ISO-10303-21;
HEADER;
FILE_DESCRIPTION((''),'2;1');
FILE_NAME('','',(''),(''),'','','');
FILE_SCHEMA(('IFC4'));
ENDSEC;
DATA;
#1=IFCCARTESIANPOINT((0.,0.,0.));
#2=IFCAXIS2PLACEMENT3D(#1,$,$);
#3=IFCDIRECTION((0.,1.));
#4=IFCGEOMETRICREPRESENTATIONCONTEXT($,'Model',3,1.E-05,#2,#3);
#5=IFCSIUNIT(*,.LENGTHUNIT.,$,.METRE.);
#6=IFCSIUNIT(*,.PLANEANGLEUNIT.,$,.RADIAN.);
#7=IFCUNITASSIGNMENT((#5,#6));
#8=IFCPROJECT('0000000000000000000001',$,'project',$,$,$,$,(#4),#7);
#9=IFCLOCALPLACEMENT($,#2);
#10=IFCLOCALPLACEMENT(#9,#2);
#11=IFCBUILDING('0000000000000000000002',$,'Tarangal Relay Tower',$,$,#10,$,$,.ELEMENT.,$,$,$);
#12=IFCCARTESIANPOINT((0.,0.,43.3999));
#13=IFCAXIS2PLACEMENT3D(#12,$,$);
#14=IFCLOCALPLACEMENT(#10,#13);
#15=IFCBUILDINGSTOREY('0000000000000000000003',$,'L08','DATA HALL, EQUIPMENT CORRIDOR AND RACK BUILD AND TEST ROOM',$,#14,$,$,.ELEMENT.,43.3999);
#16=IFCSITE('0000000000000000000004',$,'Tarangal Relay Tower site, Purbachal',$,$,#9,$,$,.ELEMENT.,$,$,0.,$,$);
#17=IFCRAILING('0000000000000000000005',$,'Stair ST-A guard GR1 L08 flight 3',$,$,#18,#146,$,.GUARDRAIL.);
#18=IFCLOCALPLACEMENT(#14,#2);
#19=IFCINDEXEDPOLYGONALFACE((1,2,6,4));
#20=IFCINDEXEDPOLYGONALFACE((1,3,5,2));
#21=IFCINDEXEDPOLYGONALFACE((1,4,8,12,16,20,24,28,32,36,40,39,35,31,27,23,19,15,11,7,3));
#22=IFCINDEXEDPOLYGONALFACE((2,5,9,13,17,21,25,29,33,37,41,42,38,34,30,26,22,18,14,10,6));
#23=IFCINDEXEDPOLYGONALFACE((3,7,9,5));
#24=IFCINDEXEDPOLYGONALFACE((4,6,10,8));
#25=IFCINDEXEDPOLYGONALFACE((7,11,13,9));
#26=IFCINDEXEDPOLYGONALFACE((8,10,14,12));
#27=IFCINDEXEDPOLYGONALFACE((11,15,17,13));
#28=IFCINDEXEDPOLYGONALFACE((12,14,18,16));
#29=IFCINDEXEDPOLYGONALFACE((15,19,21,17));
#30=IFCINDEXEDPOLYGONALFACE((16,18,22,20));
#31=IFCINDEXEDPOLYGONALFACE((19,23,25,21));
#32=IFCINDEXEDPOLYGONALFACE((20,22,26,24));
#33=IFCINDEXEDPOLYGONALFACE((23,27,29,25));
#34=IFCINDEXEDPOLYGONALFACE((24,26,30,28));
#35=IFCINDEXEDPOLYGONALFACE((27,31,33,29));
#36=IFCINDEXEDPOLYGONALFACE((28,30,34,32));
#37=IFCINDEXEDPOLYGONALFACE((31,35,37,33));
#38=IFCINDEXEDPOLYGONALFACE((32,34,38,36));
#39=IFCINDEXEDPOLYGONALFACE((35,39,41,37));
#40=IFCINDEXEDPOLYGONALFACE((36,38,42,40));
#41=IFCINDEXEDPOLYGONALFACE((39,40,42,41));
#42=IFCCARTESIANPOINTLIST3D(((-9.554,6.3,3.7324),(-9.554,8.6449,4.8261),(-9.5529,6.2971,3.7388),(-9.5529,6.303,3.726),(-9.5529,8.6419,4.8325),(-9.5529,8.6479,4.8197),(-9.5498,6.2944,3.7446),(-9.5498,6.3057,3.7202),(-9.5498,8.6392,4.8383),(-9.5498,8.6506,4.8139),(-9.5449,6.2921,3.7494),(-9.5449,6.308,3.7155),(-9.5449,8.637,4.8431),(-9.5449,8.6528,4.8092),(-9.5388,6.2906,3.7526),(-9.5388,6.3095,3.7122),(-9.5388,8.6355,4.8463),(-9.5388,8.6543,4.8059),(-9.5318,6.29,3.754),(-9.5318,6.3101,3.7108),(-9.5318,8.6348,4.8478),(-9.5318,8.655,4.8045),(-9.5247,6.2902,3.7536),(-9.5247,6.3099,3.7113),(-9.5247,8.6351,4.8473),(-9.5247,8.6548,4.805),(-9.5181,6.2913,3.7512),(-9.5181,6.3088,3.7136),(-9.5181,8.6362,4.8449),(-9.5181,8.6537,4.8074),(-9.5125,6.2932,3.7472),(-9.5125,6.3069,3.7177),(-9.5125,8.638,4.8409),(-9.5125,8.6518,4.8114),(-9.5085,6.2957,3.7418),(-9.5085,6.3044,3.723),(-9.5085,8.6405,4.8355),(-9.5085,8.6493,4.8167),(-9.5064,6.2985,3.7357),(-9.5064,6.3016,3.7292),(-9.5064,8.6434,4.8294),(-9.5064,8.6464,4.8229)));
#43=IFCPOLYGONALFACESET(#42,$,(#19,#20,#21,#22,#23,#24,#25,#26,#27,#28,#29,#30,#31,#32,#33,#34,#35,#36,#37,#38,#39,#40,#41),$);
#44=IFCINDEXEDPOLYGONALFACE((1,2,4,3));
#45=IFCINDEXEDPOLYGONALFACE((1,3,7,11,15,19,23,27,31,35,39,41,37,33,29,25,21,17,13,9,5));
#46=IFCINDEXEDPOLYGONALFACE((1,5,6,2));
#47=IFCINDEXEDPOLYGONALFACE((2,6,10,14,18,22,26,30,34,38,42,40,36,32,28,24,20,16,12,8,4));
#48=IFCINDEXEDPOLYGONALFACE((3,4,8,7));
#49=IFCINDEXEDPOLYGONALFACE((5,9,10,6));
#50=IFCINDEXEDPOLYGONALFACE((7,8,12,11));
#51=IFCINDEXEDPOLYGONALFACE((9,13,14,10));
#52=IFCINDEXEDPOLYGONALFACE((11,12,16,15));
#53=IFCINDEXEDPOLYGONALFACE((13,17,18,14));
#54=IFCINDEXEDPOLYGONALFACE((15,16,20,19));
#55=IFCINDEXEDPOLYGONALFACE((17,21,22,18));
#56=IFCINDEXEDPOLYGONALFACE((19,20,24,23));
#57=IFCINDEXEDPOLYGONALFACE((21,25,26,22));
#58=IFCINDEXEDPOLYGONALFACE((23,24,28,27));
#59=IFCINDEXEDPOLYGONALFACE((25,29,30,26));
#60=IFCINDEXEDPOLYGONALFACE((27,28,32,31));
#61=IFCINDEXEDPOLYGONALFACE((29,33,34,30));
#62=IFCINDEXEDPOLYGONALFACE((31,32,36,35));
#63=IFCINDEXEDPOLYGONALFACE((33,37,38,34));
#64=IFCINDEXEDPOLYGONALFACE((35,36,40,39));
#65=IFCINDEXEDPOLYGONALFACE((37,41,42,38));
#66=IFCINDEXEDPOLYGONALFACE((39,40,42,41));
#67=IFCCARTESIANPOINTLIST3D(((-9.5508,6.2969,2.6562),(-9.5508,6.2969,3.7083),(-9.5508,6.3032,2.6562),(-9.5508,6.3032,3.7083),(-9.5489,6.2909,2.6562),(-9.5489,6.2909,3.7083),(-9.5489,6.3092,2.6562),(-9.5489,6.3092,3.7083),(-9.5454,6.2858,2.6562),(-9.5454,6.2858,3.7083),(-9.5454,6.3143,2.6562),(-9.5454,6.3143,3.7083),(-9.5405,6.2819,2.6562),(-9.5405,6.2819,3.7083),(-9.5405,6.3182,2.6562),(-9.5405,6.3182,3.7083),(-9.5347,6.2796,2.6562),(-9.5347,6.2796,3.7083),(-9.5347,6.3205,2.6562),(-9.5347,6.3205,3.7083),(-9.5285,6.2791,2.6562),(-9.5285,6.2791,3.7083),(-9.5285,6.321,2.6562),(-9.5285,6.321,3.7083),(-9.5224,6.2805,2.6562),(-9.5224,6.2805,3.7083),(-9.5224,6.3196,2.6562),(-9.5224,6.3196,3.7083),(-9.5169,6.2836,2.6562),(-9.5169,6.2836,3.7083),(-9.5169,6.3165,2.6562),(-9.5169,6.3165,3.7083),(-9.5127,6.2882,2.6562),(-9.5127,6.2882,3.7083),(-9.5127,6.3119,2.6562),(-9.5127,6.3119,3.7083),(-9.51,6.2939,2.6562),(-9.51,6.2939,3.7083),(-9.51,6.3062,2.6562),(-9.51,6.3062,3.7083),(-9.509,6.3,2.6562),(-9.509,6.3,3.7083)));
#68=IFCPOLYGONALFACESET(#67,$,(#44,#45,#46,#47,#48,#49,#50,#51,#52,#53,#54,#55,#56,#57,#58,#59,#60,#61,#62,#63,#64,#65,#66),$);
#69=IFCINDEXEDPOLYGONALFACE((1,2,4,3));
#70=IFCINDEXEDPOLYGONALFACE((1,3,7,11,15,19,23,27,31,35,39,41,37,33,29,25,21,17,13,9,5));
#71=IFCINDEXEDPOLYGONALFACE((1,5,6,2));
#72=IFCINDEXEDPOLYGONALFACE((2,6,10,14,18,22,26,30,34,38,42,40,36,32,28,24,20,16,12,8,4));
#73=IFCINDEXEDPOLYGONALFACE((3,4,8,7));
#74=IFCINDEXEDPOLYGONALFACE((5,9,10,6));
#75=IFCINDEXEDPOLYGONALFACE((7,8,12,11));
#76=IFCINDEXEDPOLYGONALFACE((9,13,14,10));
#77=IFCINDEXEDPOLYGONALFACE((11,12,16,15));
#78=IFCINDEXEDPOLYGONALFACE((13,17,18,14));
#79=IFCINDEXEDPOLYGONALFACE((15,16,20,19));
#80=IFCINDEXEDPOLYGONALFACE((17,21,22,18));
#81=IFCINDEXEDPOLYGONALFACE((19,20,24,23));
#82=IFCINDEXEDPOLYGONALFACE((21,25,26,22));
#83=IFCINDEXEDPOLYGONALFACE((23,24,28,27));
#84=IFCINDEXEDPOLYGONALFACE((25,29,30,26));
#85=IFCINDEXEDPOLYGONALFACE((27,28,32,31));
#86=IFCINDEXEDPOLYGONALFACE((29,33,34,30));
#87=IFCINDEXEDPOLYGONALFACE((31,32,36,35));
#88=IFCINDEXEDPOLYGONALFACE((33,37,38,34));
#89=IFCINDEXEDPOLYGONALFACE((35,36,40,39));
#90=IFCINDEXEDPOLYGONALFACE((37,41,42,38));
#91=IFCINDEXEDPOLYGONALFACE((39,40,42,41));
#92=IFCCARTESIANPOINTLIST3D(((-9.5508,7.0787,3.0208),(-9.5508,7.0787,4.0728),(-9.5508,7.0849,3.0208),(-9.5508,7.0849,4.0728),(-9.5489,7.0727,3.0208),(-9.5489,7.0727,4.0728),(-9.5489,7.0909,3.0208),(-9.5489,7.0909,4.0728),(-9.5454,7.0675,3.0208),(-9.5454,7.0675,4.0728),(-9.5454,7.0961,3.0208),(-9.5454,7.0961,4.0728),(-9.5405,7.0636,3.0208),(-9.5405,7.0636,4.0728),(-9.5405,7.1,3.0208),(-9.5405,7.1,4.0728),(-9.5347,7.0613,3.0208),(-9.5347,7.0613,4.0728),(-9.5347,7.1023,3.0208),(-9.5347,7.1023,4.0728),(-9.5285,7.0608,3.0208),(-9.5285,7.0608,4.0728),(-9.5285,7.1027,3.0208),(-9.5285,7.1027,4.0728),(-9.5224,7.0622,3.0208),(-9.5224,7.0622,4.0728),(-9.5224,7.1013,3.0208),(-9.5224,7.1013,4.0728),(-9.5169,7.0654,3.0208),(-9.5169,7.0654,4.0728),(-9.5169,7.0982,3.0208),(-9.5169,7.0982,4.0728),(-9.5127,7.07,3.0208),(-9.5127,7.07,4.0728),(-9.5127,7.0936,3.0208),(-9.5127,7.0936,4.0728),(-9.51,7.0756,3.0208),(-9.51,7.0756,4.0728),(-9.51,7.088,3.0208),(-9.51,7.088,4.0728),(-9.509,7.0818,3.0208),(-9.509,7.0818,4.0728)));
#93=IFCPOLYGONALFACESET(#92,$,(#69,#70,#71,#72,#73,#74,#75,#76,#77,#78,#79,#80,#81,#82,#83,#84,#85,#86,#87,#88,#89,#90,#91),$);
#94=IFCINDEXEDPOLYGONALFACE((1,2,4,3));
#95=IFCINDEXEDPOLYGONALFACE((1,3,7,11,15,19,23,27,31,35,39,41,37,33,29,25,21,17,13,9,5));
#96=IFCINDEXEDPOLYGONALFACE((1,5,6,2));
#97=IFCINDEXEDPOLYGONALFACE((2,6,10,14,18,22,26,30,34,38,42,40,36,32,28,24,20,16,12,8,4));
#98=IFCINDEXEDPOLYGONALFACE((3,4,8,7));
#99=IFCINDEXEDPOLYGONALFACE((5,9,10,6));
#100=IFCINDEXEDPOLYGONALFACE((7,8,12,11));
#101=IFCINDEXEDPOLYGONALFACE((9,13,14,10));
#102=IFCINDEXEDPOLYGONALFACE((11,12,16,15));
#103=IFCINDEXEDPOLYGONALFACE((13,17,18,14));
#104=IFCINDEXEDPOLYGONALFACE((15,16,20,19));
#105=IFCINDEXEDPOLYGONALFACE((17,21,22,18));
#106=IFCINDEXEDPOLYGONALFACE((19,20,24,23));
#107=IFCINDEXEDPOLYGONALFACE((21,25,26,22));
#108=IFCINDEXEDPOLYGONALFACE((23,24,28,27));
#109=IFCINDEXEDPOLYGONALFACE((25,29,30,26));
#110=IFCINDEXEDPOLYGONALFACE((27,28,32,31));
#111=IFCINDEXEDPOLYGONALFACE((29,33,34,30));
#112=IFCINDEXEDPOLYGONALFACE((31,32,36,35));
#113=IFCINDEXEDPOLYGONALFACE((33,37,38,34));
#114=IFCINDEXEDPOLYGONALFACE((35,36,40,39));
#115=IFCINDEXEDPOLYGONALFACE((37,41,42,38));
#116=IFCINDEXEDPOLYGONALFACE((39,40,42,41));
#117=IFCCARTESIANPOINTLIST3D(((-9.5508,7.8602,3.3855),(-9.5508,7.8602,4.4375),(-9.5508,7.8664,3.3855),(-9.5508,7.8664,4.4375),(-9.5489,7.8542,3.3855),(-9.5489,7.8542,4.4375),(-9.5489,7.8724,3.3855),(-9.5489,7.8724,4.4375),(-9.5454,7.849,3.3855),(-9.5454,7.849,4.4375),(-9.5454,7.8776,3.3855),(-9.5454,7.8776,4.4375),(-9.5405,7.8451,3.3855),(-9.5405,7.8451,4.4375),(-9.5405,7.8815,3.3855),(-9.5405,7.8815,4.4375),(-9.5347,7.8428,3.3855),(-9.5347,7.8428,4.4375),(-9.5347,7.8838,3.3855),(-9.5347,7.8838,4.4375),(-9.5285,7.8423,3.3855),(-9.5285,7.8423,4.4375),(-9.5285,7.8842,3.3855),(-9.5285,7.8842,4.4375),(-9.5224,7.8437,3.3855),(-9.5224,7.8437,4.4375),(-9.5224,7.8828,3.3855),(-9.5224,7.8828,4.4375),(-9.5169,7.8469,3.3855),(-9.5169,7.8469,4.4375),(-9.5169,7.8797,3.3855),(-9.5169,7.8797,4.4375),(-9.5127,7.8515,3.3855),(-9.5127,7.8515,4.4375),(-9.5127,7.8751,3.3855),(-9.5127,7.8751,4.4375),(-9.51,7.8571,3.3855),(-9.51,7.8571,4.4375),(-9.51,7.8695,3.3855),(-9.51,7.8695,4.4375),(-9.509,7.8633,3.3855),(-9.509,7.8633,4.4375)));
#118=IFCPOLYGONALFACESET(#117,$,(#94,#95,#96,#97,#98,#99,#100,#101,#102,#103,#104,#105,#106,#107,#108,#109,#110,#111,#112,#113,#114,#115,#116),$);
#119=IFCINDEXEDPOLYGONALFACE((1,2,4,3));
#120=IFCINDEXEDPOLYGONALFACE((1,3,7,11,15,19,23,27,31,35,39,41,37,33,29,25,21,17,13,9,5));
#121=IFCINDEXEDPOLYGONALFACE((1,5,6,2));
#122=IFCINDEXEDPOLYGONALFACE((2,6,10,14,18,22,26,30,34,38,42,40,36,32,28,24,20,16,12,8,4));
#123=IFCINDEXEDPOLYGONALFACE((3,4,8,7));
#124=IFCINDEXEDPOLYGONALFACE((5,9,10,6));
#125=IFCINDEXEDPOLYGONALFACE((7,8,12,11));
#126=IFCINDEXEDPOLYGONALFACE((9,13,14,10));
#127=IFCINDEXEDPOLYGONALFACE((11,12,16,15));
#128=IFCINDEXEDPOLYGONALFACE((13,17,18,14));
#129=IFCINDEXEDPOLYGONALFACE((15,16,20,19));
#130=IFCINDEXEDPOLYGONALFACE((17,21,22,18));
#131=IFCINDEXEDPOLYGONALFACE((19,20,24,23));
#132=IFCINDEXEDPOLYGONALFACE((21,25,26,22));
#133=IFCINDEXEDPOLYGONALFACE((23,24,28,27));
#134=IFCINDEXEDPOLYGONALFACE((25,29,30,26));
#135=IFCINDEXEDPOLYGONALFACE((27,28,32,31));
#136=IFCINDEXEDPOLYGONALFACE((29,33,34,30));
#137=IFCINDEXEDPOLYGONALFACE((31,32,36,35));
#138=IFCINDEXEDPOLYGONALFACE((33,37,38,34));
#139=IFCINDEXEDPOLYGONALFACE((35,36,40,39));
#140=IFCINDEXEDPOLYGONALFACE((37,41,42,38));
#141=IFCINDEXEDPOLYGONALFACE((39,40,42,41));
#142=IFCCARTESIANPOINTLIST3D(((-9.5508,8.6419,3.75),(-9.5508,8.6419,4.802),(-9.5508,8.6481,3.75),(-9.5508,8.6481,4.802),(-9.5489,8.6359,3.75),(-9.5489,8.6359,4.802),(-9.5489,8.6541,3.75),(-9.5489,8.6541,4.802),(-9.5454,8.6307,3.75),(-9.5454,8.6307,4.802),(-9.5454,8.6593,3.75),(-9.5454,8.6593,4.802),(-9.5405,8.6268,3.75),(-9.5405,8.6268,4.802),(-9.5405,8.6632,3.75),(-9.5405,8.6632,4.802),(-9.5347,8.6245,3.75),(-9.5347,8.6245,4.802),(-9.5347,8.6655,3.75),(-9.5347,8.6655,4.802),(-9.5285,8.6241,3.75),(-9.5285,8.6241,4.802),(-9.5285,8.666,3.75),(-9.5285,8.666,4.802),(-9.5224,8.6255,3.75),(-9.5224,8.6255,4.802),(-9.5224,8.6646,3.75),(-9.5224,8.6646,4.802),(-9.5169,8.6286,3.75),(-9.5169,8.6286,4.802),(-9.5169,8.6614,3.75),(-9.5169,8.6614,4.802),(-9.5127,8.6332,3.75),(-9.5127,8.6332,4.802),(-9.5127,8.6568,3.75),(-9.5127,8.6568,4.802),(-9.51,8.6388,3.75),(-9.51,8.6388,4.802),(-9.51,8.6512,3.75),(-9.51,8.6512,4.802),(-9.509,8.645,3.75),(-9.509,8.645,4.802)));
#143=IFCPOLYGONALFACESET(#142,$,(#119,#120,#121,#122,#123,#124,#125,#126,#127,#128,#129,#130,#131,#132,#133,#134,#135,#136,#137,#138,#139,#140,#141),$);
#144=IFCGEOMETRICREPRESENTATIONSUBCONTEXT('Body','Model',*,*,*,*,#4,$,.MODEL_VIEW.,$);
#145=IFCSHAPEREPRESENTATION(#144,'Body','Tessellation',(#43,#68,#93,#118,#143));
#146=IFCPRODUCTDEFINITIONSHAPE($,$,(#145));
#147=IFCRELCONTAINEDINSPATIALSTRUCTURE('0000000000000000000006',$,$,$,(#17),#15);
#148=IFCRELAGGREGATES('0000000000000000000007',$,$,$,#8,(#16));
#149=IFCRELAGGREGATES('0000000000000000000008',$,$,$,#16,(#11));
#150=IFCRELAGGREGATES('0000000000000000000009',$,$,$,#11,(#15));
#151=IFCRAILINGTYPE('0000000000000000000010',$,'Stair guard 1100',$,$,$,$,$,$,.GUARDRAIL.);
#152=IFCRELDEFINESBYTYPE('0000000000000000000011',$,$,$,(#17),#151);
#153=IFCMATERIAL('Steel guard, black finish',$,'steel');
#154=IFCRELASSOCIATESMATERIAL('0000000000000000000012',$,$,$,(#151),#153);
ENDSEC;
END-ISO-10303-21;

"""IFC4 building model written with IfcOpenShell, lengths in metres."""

from ifc_helpers import new_model, si_unit, direction, frame, origin, origin_2d, place, context, subcontext, project, spatial, circle, extrude, material, type_object, element, save


model = new_model("IFC4")

# Units and contexts
model_context = context("Model", 3, precision=1e-05, world=origin(), true_north=direction((0.0, 1.0)))
body_context = subcontext(model_context, "Body", "Model", "MODEL_VIEW")
ifc_project = project(units=[si_unit("LENGTHUNIT", "METRE"), si_unit("PLANEANGLEUNIT", "RADIAN")], contexts=[model_context])

# Site, building, storey
site_placement = place(None, origin())
site = spatial("IfcSite", under=ifc_project, at=site_placement, Name="Tarangal Relay Tower site, Purbachal", CompositionType="ELEMENT", RefElevation=0.0)
building_placement = place(site_placement, origin())
building = spatial("IfcBuilding", under=site, at=building_placement, Name="Tarangal Relay Tower", CompositionType="ELEMENT")
storey_placement = place(building_placement, frame((0.0, 0.0, 43.3999)))
storey = spatial("IfcBuildingStorey", under=building, at=storey_placement, Name="L08", Description="DATA HALL, EQUIPMENT CORRIDOR AND RACK BUILD AND TEST ROOM", CompositionType="ELEMENT", Elevation=43.3999)

# Railing
ifc_material_1 = material(Name="Steel guard, black finish", Category="steel")
railing_type = type_object("IfcRailingType", Name="Stair guard 1100", PredefinedType="GUARDRAIL", material=ifc_material_1)
railing_1_placement = place(storey_placement, frame((-9.53, 6.3, 2.6562)))
element("IfcRailing", 1, at=railing_1_placement, inside=storey, type_object=railing_type, Name="Stair ST-A guard GR1 L08 flight 3", PredefinedType="GUARDRAIL", context=body_context, shape_type="SweptSolid", body=[
    extrude(circle(Radius=0.0239, at=origin_2d()), frame((0.0, 0.0, 1.0762), z_axis=(0.0, 0.906267, 0.422705), x_axis=(-1.0, 0.0, 0.0)), (0.0, 0.0, 1.0), 2.5874),
    extrude(circle(Radius=0.021, at=origin_2d()), origin(), (0.0, 0.0, 1.0), 1.052),
    extrude(circle(Radius=0.021, at=origin_2d()), frame((0.0, 0.7817, 0.3645)), (0.0, 0.0, 1.0), 1.052),
    extrude(circle(Radius=0.021, at=origin_2d()), frame((0.0, 1.5632, 0.7292)), (0.0, 0.0, 1.0), 1.052),
    extrude(circle(Radius=0.021, at=origin_2d()), frame((0.0, 2.345, 1.0938)), (0.0, 0.0, 1.0), 1.052),
])

save(model, "model.ifc")
